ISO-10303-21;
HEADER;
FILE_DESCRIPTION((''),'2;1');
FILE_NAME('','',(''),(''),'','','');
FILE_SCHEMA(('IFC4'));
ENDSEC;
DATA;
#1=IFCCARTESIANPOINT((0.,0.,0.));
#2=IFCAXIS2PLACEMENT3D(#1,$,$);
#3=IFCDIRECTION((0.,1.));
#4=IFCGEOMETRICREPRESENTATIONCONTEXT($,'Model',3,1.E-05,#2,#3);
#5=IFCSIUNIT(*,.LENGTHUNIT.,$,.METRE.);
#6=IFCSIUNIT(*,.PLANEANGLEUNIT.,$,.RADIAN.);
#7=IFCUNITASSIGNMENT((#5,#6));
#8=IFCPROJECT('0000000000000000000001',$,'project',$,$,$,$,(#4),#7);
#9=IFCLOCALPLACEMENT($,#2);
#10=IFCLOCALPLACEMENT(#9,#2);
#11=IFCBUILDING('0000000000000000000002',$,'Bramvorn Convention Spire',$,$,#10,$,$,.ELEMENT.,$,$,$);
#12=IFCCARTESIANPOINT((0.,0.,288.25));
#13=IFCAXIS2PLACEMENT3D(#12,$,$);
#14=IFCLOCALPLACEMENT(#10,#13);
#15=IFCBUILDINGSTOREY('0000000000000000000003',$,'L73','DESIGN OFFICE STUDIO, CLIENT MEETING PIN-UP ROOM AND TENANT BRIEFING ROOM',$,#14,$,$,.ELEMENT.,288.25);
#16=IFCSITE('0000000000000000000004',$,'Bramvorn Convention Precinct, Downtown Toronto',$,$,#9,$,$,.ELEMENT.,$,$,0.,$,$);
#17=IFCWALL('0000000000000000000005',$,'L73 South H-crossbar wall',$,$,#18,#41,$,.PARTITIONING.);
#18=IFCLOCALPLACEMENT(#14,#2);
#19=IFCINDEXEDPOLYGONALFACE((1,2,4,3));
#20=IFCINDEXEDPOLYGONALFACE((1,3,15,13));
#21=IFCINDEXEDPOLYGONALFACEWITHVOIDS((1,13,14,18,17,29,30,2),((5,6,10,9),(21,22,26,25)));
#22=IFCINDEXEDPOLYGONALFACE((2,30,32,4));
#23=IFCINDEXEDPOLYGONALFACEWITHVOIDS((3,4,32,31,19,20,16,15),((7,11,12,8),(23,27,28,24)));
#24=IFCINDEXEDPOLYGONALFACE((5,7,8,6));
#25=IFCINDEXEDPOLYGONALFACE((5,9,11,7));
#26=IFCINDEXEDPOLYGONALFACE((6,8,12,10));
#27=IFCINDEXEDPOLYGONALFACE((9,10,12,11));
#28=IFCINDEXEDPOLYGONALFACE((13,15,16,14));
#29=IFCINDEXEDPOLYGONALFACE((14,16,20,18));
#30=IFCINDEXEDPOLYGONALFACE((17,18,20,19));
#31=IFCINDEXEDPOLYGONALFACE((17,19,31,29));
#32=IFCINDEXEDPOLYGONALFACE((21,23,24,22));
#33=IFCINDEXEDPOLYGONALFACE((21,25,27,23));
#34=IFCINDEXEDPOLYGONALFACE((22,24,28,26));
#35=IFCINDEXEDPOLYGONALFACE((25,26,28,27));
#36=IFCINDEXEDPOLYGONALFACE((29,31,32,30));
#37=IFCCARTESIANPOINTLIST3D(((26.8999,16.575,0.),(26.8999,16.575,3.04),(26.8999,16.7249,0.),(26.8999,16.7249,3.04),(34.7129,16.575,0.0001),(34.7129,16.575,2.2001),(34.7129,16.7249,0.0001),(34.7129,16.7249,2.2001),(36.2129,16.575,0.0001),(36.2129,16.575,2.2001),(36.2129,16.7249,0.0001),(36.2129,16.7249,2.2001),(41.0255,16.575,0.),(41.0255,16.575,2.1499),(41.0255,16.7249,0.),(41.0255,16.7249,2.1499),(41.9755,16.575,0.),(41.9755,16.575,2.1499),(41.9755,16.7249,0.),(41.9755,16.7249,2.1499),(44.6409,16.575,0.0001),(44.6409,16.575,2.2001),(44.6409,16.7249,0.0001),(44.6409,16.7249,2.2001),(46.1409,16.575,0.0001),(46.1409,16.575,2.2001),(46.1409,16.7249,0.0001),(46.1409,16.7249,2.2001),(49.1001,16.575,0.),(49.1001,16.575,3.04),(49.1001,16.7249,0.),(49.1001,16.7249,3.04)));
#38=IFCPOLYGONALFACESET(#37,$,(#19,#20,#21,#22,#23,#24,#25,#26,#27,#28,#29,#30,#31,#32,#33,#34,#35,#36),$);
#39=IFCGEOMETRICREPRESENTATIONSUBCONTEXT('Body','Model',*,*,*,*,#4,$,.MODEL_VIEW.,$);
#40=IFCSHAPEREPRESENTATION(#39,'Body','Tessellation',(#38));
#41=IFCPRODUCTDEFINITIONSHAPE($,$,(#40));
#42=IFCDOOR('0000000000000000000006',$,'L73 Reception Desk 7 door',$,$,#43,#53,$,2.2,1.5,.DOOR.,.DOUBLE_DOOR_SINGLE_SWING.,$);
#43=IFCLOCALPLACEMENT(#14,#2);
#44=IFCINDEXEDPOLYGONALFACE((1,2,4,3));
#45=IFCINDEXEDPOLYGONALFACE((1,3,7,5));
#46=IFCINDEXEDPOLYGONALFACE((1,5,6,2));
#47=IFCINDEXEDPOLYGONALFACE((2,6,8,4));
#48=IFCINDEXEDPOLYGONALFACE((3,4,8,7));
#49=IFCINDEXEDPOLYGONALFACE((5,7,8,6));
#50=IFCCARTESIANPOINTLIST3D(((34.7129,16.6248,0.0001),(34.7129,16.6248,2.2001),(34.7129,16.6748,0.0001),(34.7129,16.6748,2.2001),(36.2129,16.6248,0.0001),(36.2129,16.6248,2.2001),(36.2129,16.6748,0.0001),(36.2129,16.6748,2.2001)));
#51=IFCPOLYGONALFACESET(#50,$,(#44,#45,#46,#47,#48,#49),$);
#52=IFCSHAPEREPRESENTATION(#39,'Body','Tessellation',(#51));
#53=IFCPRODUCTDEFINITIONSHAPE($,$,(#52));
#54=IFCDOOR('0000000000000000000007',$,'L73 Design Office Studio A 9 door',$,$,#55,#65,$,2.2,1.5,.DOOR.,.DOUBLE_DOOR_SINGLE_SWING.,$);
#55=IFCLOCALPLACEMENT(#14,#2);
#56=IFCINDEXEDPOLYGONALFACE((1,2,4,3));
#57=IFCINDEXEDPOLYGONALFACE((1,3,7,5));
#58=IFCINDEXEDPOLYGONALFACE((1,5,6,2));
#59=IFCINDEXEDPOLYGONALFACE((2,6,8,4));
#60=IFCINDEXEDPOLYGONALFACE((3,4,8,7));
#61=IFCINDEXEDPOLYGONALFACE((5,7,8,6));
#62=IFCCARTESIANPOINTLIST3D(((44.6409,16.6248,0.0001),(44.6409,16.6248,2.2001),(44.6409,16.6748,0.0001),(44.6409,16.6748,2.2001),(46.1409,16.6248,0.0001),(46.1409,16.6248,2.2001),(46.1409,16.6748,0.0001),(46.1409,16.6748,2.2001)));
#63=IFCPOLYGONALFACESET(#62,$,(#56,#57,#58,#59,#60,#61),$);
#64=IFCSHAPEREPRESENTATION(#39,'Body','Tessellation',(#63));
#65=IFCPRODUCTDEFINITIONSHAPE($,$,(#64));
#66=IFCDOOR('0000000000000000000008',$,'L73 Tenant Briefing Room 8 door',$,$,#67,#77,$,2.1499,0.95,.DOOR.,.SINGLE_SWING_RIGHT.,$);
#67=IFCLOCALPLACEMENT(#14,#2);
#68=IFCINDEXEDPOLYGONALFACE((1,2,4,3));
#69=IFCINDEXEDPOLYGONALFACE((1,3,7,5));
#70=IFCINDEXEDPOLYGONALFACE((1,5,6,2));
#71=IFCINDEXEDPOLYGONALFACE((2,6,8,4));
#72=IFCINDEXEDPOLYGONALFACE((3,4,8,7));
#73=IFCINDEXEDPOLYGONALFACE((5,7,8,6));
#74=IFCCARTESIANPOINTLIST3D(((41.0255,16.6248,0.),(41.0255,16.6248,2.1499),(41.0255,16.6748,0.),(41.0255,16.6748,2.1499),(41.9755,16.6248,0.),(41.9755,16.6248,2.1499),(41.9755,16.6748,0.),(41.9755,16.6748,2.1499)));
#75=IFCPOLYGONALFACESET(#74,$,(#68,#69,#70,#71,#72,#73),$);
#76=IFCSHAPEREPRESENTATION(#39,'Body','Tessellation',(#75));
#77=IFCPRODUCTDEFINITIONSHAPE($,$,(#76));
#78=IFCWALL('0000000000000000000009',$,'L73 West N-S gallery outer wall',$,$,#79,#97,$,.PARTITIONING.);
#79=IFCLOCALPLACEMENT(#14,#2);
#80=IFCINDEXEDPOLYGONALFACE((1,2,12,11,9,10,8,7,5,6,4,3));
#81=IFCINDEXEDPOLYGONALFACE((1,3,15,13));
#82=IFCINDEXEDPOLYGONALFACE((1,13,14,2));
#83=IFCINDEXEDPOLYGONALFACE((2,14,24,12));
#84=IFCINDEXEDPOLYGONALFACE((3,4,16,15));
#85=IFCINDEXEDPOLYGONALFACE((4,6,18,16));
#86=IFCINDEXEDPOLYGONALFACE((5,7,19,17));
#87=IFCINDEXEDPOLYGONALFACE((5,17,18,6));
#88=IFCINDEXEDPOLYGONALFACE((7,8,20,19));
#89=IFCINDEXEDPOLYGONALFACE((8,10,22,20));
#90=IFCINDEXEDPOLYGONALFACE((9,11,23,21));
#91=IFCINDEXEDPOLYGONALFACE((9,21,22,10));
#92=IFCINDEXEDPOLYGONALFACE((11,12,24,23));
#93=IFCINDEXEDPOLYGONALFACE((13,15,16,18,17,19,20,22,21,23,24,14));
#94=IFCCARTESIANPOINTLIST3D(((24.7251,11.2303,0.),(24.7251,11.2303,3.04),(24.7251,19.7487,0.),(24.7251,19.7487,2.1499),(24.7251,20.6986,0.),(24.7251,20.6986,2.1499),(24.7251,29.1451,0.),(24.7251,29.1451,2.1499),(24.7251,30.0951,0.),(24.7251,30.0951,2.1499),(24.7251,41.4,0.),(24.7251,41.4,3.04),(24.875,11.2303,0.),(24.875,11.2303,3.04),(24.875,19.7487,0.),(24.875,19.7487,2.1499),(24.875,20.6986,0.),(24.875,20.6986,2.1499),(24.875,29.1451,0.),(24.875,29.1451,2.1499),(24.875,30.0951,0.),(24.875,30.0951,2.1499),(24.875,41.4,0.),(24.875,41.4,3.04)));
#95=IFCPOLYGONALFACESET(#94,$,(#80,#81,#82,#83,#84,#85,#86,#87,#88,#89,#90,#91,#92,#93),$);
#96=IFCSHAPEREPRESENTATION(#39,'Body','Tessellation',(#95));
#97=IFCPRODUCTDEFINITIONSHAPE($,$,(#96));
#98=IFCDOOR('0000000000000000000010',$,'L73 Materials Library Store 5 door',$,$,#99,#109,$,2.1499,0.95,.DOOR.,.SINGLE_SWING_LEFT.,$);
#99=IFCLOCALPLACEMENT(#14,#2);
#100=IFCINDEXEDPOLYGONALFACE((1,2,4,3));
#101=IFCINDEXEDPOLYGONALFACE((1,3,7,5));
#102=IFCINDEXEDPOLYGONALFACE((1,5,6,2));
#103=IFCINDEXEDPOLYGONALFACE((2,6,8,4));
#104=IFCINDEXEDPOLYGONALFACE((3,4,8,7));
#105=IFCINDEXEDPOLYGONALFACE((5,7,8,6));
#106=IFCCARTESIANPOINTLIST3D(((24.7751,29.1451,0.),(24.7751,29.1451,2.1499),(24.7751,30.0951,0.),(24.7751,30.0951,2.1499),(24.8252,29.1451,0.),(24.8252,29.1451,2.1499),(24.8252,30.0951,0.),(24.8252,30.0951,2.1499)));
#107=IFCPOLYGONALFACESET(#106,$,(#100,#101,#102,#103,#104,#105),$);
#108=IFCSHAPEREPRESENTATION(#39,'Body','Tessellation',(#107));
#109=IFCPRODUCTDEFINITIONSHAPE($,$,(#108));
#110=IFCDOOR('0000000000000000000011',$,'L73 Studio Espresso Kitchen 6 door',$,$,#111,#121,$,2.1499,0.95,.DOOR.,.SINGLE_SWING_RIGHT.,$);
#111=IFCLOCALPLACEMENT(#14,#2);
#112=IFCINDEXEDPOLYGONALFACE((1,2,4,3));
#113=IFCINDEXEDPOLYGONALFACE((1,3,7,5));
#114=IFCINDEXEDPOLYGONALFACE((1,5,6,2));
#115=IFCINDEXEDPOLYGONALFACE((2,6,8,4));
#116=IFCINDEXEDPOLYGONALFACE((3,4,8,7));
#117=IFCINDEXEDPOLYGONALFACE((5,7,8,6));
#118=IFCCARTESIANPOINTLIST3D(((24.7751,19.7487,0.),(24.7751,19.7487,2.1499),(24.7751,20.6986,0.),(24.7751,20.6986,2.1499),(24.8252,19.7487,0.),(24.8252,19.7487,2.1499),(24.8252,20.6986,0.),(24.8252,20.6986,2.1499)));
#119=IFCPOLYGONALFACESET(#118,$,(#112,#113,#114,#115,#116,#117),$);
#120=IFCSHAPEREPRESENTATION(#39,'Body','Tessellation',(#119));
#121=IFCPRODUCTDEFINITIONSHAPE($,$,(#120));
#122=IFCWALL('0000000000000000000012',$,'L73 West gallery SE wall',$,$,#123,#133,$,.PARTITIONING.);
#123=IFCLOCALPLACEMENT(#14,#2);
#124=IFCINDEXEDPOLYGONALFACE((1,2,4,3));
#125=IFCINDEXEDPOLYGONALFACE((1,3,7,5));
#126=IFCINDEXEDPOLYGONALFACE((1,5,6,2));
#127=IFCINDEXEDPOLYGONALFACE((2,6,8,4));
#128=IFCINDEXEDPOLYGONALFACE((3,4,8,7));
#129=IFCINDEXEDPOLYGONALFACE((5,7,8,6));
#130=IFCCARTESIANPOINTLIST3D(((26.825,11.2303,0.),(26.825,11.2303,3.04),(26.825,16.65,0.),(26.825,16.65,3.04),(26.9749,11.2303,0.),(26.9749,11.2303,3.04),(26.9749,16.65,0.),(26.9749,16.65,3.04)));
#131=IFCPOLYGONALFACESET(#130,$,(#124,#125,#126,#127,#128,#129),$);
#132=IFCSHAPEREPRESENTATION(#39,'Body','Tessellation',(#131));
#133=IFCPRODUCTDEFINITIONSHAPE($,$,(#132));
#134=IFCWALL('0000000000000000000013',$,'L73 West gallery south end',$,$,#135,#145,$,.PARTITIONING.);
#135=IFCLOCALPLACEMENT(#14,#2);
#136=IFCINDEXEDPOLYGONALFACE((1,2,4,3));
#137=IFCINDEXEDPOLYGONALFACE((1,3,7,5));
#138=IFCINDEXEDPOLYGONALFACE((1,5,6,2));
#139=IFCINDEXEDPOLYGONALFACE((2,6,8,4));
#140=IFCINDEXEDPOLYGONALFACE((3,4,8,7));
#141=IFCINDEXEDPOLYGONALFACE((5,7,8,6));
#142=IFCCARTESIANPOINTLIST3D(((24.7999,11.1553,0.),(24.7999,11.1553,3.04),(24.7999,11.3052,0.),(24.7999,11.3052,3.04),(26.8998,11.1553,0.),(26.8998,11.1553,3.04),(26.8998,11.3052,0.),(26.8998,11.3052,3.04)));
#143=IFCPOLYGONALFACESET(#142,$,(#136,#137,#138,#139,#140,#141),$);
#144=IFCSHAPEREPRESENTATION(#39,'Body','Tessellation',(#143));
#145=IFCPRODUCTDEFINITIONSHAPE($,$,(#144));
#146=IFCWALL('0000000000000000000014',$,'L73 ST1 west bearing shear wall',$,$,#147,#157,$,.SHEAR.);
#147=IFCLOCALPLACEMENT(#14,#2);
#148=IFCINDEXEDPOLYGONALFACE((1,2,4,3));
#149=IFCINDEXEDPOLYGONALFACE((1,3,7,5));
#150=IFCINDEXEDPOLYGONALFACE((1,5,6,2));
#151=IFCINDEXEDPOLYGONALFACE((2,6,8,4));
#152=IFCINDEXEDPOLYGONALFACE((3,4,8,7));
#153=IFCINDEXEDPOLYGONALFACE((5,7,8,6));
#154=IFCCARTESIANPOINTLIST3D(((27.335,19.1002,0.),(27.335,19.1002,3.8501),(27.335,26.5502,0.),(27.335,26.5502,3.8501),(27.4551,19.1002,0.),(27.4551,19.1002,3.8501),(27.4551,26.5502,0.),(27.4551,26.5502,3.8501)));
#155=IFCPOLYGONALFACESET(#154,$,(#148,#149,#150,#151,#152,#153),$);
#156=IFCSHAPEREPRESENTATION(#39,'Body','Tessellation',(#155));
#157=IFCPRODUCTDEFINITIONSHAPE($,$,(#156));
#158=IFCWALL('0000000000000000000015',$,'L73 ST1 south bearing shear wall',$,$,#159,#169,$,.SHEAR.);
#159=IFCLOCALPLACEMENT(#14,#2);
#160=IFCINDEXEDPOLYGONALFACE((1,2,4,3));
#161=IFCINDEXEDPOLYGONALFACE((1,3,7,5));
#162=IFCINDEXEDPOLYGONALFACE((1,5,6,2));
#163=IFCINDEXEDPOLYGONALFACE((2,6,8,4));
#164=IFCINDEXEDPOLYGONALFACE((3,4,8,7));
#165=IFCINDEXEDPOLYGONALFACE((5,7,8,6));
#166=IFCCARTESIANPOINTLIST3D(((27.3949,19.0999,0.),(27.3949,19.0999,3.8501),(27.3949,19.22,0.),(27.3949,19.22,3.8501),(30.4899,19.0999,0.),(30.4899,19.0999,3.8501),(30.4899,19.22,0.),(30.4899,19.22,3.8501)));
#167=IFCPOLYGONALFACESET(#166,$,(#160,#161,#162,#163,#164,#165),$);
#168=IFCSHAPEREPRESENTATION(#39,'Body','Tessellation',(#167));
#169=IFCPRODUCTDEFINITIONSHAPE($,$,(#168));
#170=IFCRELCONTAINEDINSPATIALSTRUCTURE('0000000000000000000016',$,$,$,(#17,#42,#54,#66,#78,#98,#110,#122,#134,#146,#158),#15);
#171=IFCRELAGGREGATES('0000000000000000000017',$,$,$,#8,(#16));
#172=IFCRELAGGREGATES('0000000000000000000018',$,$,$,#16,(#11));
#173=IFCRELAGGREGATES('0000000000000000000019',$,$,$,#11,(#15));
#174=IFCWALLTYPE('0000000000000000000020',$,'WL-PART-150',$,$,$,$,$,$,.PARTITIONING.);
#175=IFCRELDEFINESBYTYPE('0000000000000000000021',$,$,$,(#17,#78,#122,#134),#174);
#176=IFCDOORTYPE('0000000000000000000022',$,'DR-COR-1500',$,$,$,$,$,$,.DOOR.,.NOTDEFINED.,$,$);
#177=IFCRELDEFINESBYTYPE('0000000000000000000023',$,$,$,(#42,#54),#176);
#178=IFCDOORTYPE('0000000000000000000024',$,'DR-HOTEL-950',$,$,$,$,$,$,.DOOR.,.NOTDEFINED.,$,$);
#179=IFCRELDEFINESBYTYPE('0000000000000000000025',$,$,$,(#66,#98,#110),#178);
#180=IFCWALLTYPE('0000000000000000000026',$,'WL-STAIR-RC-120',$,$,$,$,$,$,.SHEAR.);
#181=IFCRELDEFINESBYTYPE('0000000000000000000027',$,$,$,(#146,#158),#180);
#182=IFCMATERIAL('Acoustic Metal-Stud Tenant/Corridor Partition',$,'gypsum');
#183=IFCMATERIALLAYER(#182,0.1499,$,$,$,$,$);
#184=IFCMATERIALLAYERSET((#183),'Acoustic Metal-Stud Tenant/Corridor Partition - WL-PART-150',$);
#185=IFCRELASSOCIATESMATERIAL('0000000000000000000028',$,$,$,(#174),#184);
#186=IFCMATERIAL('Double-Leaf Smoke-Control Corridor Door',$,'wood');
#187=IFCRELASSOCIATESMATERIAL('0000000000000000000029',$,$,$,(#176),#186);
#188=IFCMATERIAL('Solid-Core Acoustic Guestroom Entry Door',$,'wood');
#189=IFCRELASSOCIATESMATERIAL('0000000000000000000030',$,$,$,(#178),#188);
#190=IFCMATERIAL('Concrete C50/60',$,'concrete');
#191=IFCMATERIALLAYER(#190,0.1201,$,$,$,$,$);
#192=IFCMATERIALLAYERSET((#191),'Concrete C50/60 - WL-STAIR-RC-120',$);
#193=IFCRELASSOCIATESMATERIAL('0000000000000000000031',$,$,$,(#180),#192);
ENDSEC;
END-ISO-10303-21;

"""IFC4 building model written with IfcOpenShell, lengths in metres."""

from ifc_helpers import new_model, si_unit, direction, frame, frame_2d, origin, place, context, subcontext, project, spatial, rectangle, extrude, material, layer, layer_set, type_object, element, fill, save


model = new_model("IFC4")

# Units and contexts
model_context = context("Model", 3, precision=1e-05, world=origin(), true_north=direction((0.0, 1.0)))
body_context = subcontext(model_context, "Body", "Model", "MODEL_VIEW")
ifc_project = project(units=[si_unit("LENGTHUNIT", "METRE"), si_unit("PLANEANGLEUNIT", "RADIAN")], contexts=[model_context])

# Site, building, storey
site_placement = place(None, origin())
site = spatial("IfcSite", under=ifc_project, at=site_placement, Name="Bramvorn Convention Precinct, Downtown Toronto", CompositionType="ELEMENT", RefElevation=0.0)
building_placement = place(site_placement, origin())
building = spatial("IfcBuilding", under=site, at=building_placement, Name="Bramvorn Convention Spire", CompositionType="ELEMENT")
storey_placement = place(building_placement, frame((0.0, 0.0, 288.25)))
storey = spatial("IfcBuildingStorey", under=building, at=storey_placement, Name="L73", Description="DESIGN OFFICE STUDIO, CLIENT MEETING PIN-UP ROOM AND TENANT BRIEFING ROOM", CompositionType="ELEMENT", Elevation=288.25)

# Shared definitions
ifc_material_1 = material(Name="Concrete C50/60", Category="concrete")

# Walls, openings, doors
ifc_material_2 = material(Name="Acoustic Metal-Stud Tenant/Corridor Partition", Category="gypsum")
ifc_layer_1 = layer(ifc_material_2, 0.1499)
ifc_layer_set_1 = layer_set([ifc_layer_1], Name="Acoustic Metal-Stud Tenant/Corridor Partition - WL-PART-150")
wall_type_1 = type_object("IfcWallType", Name="WL-PART-150", PredefinedType="PARTITIONING", material=ifc_layer_set_1)
wall_1_placement = place(storey_placement, frame((26.8999, 16.6499, 0.0), z_axis=(0.0, 0.0, 1.0), x_axis=(1.0, 0.0, 0.0)))
wall_1 = element("IfcWall", 1, at=wall_1_placement, inside=storey, type_object=wall_type_1, Name="L73 South H-crossbar wall", PredefinedType="PARTITIONING", context=body_context, shape_type="SweptSolid", body=[
    extrude(rectangle(XDim=22.2002, YDim=0.1499, at=frame_2d((11.1001, 0.0))), origin(), (0.0, 0.0, 1.0), 3.04),
])
opening_1_placement = place(wall_1_placement, frame((7.813, 0.0, 0.0)))
opening_1 = element("IfcOpeningElement", 2, at=opening_1_placement, cuts=wall_1, PredefinedType="OPENING", context=body_context, shape_type="SweptSolid", body=[
    extrude(rectangle(XDim=1.5, YDim=2.2, at=frame_2d((0.75, 1.1001))), frame((0.0, 0.085, 0.0), z_axis=(0.0, -1.0, 0.0), x_axis=(1.0, 0.0, 0.0)), (0.0, 0.0, 1.0), 0.1699),
])
opening_2_placement = place(wall_1_placement, frame((14.1255, 0.0, 0.0)))
opening_2 = element("IfcOpeningElement", 3, at=opening_2_placement, cuts=wall_1, PredefinedType="OPENING", context=body_context, shape_type="SweptSolid", body=[
    extrude(rectangle(XDim=0.95, YDim=2.1499, at=frame_2d((0.4751, 1.075))), frame((0.0, 0.085, 0.0), z_axis=(0.0, -1.0, 0.0), x_axis=(1.0, 0.0, 0.0)), (0.0, 0.0, 1.0), 0.1699),
])
opening_3_placement = place(wall_1_placement, frame((17.741, 0.0, 0.0)))
opening_3 = element("IfcOpeningElement", 4, at=opening_3_placement, cuts=wall_1, PredefinedType="OPENING", context=body_context, shape_type="SweptSolid", body=[
    extrude(rectangle(XDim=1.5, YDim=2.2, at=frame_2d((0.75, 1.1001))), frame((0.0, 0.085, 0.0), z_axis=(0.0, -1.0, 0.0), x_axis=(1.0, 0.0, 0.0)), (0.0, 0.0, 1.0), 0.1699),
])
ifc_material_3 = material(Name="Double-Leaf Smoke-Control Corridor Door", Category="wood")
door_type_1 = type_object("IfcDoorType", Name="DR-COR-1500", OperationType="NOTDEFINED", PredefinedType="DOOR", material=ifc_material_3)
door_1_placement = place(opening_1_placement, origin())
door_1 = element("IfcDoor", 5, at=door_1_placement, inside=storey, type_object=door_type_1, Name="L73 Reception Desk 7 door", OperationType="DOUBLE_DOOR_SINGLE_SWING", OverallHeight=2.2, OverallWidth=1.5, PredefinedType="DOOR", context=body_context, shape_type="SweptSolid", body=[
    extrude(rectangle(XDim=1.5, YDim=2.2, at=frame_2d((0.75, 1.1001))), frame((0.0, 0.0249, 0.0), z_axis=(0.0, -1.0, 0.0), x_axis=(1.0, 0.0, 0.0)), (0.0, 0.0, 1.0), 0.05),
])
fill(opening_1, door_1)
door_2_placement = place(opening_3_placement, origin())
door_2 = element("IfcDoor", 6, at=door_2_placement, inside=storey, type_object=door_type_1, Name="L73 Design Office Studio A 9 door", OperationType="DOUBLE_DOOR_SINGLE_SWING", OverallHeight=2.2, OverallWidth=1.5, PredefinedType="DOOR", context=body_context, shape_type="SweptSolid", body=[
    extrude(rectangle(XDim=1.5, YDim=2.2, at=frame_2d((0.75, 1.1001))), frame((0.0, 0.0249, 0.0), z_axis=(0.0, -1.0, 0.0), x_axis=(1.0, 0.0, 0.0)), (0.0, 0.0, 1.0), 0.05),
])
fill(opening_3, door_2)
ifc_material_4 = material(Name="Solid-Core Acoustic Guestroom Entry Door", Category="wood")
door_type_2 = type_object("IfcDoorType", Name="DR-HOTEL-950", OperationType="NOTDEFINED", PredefinedType="DOOR", material=ifc_material_4)
door_3_placement = place(opening_2_placement, origin())
door_3 = element("IfcDoor", 7, at=door_3_placement, inside=storey, type_object=door_type_2, Name="L73 Tenant Briefing Room 8 door", OperationType="SINGLE_SWING_RIGHT", OverallHeight=2.1499, OverallWidth=0.95, PredefinedType="DOOR", context=body_context, shape_type="SweptSolid", body=[
    extrude(rectangle(XDim=0.95, YDim=2.1499, at=frame_2d((0.4751, 1.075))), frame((0.0, 0.0249, 0.0), z_axis=(0.0, -1.0, 0.0), x_axis=(1.0, 0.0, 0.0)), (0.0, 0.0, 1.0), 0.05),
])
fill(opening_2, door_3)
wall_2_placement = place(storey_placement, frame((24.8, 11.2302, 0.0), z_axis=(0.0, 0.0, 1.0), x_axis=(0.0, 1.0, 0.0)))
wall_2 = element("IfcWall", 8, at=wall_2_placement, inside=storey, type_object=wall_type_1, Name="L73 West N-S gallery outer wall", PredefinedType="PARTITIONING", context=body_context, shape_type="SweptSolid", body=[
    extrude(rectangle(XDim=30.1697, YDim=0.1499, at=frame_2d((15.085, 0.0))), origin(), (0.0, 0.0, 1.0), 3.04),
])
opening_4_placement = place(wall_2_placement, frame((17.9148, 0.0, 0.0)))
opening_4 = element("IfcOpeningElement", 9, at=opening_4_placement, cuts=wall_2, PredefinedType="OPENING", context=body_context, shape_type="SweptSolid", body=[
    extrude(rectangle(XDim=0.95, YDim=2.1499, at=frame_2d((0.4751, 1.075))), frame((0.0, 0.085, 0.0), z_axis=(0.0, -1.0, 0.0), x_axis=(1.0, 0.0, 0.0)), (0.0, 0.0, 1.0), 0.1699),
])
opening_5_placement = place(wall_2_placement, frame((8.5183, 0.0, 0.0)))
opening_5 = element("IfcOpeningElement", 10, at=opening_5_placement, cuts=wall_2, PredefinedType="OPENING", context=body_context, shape_type="SweptSolid", body=[
    extrude(rectangle(XDim=0.95, YDim=2.1499, at=frame_2d((0.4751, 1.075))), frame((0.0, 0.085, 0.0), z_axis=(0.0, -1.0, 0.0), x_axis=(1.0, 0.0, 0.0)), (0.0, 0.0, 1.0), 0.1699),
])
door_4_placement = place(opening_4_placement, origin())
door_4 = element("IfcDoor", 11, at=door_4_placement, inside=storey, type_object=door_type_2, Name="L73 Materials Library Store 5 door", OperationType="SINGLE_SWING_LEFT", OverallHeight=2.1499, OverallWidth=0.95, PredefinedType="DOOR", context=body_context, shape_type="SweptSolid", body=[
    extrude(rectangle(XDim=0.95, YDim=2.1499, at=frame_2d((0.4751, 1.075))), frame((0.0, 0.0249, 0.0), z_axis=(0.0, -1.0, 0.0), x_axis=(1.0, 0.0, 0.0)), (0.0, 0.0, 1.0), 0.05),
])
fill(opening_4, door_4)
door_5_placement = place(opening_5_placement, origin())
door_5 = element("IfcDoor", 12, at=door_5_placement, inside=storey, type_object=door_type_2, Name="L73 Studio Espresso Kitchen 6 door", OperationType="SINGLE_SWING_RIGHT", OverallHeight=2.1499, OverallWidth=0.95, PredefinedType="DOOR", context=body_context, shape_type="SweptSolid", body=[
    extrude(rectangle(XDim=0.95, YDim=2.1499, at=frame_2d((0.4751, 1.075))), frame((0.0, 0.0249, 0.0), z_axis=(0.0, -1.0, 0.0), x_axis=(1.0, 0.0, 0.0)), (0.0, 0.0, 1.0), 0.05),
])
fill(opening_5, door_5)

# Walls
wall_3_placement = place(storey_placement, frame((26.8999, 11.2302, 0.0), z_axis=(0.0, 0.0, 1.0), x_axis=(0.0, 1.0, 0.0)))
element("IfcWall", 13, at=wall_3_placement, inside=storey, type_object=wall_type_1, Name="L73 West gallery SE wall", PredefinedType="PARTITIONING", context=body_context, shape_type="SweptSolid", body=[
    extrude(rectangle(XDim=5.4197, YDim=0.1499, at=frame_2d((2.71, 0.0))), origin(), (0.0, 0.0, 1.0), 3.04),
])
wall_4_placement = place(storey_placement, frame((24.8, 11.2302, 0.0), z_axis=(0.0, 0.0, 1.0), x_axis=(1.0, 0.0, 0.0)))
element("IfcWall", 14, at=wall_4_placement, inside=storey, type_object=wall_type_1, Name="L73 West gallery south end", PredefinedType="PARTITIONING", context=body_context, shape_type="SweptSolid", body=[
    extrude(rectangle(XDim=2.0999, YDim=0.1499, at=frame_2d((1.0498, 0.0))), origin(), (0.0, 0.0, 1.0), 3.04),
])
ifc_layer_2 = layer(ifc_material_1, 0.1201)
ifc_layer_set_2 = layer_set([ifc_layer_2], Name="Concrete C50/60 - WL-STAIR-RC-120")
wall_type_2 = type_object("IfcWallType", Name="WL-STAIR-RC-120", PredefinedType="SHEAR", material=ifc_layer_set_2)
wall_5_placement = place(storey_placement, frame((27.395, 19.1001, 0.0), z_axis=(0.0, 0.0, 1.0), x_axis=(0.0, 1.0, 0.0)))
element("IfcWall", 15, at=wall_5_placement, inside=storey, type_object=wall_type_2, Name="L73 ST1 west bearing shear wall", PredefinedType="SHEAR", context=body_context, shape_type="SweptSolid", body=[
    extrude(rectangle(XDim=7.45, YDim=0.1201, at=frame_2d((3.7251, 0.0))), origin(), (0.0, 0.0, 1.0), 3.8501),
])
wall_6_placement = place(storey_placement, frame((27.395, 19.1599, 0.0), z_axis=(0.0, 0.0, 1.0), x_axis=(1.0, 0.0, 0.0)))
element("IfcWall", 16, at=wall_6_placement, inside=storey, type_object=wall_type_2, Name="L73 ST1 south bearing shear wall", PredefinedType="SHEAR", context=body_context, shape_type="SweptSolid", body=[
    extrude(rectangle(XDim=3.095, YDim=0.1201, at=frame_2d((1.5474, 0.0))), origin(), (0.0, 0.0, 1.0), 3.8501),
])

save(model, "model.ifc")
